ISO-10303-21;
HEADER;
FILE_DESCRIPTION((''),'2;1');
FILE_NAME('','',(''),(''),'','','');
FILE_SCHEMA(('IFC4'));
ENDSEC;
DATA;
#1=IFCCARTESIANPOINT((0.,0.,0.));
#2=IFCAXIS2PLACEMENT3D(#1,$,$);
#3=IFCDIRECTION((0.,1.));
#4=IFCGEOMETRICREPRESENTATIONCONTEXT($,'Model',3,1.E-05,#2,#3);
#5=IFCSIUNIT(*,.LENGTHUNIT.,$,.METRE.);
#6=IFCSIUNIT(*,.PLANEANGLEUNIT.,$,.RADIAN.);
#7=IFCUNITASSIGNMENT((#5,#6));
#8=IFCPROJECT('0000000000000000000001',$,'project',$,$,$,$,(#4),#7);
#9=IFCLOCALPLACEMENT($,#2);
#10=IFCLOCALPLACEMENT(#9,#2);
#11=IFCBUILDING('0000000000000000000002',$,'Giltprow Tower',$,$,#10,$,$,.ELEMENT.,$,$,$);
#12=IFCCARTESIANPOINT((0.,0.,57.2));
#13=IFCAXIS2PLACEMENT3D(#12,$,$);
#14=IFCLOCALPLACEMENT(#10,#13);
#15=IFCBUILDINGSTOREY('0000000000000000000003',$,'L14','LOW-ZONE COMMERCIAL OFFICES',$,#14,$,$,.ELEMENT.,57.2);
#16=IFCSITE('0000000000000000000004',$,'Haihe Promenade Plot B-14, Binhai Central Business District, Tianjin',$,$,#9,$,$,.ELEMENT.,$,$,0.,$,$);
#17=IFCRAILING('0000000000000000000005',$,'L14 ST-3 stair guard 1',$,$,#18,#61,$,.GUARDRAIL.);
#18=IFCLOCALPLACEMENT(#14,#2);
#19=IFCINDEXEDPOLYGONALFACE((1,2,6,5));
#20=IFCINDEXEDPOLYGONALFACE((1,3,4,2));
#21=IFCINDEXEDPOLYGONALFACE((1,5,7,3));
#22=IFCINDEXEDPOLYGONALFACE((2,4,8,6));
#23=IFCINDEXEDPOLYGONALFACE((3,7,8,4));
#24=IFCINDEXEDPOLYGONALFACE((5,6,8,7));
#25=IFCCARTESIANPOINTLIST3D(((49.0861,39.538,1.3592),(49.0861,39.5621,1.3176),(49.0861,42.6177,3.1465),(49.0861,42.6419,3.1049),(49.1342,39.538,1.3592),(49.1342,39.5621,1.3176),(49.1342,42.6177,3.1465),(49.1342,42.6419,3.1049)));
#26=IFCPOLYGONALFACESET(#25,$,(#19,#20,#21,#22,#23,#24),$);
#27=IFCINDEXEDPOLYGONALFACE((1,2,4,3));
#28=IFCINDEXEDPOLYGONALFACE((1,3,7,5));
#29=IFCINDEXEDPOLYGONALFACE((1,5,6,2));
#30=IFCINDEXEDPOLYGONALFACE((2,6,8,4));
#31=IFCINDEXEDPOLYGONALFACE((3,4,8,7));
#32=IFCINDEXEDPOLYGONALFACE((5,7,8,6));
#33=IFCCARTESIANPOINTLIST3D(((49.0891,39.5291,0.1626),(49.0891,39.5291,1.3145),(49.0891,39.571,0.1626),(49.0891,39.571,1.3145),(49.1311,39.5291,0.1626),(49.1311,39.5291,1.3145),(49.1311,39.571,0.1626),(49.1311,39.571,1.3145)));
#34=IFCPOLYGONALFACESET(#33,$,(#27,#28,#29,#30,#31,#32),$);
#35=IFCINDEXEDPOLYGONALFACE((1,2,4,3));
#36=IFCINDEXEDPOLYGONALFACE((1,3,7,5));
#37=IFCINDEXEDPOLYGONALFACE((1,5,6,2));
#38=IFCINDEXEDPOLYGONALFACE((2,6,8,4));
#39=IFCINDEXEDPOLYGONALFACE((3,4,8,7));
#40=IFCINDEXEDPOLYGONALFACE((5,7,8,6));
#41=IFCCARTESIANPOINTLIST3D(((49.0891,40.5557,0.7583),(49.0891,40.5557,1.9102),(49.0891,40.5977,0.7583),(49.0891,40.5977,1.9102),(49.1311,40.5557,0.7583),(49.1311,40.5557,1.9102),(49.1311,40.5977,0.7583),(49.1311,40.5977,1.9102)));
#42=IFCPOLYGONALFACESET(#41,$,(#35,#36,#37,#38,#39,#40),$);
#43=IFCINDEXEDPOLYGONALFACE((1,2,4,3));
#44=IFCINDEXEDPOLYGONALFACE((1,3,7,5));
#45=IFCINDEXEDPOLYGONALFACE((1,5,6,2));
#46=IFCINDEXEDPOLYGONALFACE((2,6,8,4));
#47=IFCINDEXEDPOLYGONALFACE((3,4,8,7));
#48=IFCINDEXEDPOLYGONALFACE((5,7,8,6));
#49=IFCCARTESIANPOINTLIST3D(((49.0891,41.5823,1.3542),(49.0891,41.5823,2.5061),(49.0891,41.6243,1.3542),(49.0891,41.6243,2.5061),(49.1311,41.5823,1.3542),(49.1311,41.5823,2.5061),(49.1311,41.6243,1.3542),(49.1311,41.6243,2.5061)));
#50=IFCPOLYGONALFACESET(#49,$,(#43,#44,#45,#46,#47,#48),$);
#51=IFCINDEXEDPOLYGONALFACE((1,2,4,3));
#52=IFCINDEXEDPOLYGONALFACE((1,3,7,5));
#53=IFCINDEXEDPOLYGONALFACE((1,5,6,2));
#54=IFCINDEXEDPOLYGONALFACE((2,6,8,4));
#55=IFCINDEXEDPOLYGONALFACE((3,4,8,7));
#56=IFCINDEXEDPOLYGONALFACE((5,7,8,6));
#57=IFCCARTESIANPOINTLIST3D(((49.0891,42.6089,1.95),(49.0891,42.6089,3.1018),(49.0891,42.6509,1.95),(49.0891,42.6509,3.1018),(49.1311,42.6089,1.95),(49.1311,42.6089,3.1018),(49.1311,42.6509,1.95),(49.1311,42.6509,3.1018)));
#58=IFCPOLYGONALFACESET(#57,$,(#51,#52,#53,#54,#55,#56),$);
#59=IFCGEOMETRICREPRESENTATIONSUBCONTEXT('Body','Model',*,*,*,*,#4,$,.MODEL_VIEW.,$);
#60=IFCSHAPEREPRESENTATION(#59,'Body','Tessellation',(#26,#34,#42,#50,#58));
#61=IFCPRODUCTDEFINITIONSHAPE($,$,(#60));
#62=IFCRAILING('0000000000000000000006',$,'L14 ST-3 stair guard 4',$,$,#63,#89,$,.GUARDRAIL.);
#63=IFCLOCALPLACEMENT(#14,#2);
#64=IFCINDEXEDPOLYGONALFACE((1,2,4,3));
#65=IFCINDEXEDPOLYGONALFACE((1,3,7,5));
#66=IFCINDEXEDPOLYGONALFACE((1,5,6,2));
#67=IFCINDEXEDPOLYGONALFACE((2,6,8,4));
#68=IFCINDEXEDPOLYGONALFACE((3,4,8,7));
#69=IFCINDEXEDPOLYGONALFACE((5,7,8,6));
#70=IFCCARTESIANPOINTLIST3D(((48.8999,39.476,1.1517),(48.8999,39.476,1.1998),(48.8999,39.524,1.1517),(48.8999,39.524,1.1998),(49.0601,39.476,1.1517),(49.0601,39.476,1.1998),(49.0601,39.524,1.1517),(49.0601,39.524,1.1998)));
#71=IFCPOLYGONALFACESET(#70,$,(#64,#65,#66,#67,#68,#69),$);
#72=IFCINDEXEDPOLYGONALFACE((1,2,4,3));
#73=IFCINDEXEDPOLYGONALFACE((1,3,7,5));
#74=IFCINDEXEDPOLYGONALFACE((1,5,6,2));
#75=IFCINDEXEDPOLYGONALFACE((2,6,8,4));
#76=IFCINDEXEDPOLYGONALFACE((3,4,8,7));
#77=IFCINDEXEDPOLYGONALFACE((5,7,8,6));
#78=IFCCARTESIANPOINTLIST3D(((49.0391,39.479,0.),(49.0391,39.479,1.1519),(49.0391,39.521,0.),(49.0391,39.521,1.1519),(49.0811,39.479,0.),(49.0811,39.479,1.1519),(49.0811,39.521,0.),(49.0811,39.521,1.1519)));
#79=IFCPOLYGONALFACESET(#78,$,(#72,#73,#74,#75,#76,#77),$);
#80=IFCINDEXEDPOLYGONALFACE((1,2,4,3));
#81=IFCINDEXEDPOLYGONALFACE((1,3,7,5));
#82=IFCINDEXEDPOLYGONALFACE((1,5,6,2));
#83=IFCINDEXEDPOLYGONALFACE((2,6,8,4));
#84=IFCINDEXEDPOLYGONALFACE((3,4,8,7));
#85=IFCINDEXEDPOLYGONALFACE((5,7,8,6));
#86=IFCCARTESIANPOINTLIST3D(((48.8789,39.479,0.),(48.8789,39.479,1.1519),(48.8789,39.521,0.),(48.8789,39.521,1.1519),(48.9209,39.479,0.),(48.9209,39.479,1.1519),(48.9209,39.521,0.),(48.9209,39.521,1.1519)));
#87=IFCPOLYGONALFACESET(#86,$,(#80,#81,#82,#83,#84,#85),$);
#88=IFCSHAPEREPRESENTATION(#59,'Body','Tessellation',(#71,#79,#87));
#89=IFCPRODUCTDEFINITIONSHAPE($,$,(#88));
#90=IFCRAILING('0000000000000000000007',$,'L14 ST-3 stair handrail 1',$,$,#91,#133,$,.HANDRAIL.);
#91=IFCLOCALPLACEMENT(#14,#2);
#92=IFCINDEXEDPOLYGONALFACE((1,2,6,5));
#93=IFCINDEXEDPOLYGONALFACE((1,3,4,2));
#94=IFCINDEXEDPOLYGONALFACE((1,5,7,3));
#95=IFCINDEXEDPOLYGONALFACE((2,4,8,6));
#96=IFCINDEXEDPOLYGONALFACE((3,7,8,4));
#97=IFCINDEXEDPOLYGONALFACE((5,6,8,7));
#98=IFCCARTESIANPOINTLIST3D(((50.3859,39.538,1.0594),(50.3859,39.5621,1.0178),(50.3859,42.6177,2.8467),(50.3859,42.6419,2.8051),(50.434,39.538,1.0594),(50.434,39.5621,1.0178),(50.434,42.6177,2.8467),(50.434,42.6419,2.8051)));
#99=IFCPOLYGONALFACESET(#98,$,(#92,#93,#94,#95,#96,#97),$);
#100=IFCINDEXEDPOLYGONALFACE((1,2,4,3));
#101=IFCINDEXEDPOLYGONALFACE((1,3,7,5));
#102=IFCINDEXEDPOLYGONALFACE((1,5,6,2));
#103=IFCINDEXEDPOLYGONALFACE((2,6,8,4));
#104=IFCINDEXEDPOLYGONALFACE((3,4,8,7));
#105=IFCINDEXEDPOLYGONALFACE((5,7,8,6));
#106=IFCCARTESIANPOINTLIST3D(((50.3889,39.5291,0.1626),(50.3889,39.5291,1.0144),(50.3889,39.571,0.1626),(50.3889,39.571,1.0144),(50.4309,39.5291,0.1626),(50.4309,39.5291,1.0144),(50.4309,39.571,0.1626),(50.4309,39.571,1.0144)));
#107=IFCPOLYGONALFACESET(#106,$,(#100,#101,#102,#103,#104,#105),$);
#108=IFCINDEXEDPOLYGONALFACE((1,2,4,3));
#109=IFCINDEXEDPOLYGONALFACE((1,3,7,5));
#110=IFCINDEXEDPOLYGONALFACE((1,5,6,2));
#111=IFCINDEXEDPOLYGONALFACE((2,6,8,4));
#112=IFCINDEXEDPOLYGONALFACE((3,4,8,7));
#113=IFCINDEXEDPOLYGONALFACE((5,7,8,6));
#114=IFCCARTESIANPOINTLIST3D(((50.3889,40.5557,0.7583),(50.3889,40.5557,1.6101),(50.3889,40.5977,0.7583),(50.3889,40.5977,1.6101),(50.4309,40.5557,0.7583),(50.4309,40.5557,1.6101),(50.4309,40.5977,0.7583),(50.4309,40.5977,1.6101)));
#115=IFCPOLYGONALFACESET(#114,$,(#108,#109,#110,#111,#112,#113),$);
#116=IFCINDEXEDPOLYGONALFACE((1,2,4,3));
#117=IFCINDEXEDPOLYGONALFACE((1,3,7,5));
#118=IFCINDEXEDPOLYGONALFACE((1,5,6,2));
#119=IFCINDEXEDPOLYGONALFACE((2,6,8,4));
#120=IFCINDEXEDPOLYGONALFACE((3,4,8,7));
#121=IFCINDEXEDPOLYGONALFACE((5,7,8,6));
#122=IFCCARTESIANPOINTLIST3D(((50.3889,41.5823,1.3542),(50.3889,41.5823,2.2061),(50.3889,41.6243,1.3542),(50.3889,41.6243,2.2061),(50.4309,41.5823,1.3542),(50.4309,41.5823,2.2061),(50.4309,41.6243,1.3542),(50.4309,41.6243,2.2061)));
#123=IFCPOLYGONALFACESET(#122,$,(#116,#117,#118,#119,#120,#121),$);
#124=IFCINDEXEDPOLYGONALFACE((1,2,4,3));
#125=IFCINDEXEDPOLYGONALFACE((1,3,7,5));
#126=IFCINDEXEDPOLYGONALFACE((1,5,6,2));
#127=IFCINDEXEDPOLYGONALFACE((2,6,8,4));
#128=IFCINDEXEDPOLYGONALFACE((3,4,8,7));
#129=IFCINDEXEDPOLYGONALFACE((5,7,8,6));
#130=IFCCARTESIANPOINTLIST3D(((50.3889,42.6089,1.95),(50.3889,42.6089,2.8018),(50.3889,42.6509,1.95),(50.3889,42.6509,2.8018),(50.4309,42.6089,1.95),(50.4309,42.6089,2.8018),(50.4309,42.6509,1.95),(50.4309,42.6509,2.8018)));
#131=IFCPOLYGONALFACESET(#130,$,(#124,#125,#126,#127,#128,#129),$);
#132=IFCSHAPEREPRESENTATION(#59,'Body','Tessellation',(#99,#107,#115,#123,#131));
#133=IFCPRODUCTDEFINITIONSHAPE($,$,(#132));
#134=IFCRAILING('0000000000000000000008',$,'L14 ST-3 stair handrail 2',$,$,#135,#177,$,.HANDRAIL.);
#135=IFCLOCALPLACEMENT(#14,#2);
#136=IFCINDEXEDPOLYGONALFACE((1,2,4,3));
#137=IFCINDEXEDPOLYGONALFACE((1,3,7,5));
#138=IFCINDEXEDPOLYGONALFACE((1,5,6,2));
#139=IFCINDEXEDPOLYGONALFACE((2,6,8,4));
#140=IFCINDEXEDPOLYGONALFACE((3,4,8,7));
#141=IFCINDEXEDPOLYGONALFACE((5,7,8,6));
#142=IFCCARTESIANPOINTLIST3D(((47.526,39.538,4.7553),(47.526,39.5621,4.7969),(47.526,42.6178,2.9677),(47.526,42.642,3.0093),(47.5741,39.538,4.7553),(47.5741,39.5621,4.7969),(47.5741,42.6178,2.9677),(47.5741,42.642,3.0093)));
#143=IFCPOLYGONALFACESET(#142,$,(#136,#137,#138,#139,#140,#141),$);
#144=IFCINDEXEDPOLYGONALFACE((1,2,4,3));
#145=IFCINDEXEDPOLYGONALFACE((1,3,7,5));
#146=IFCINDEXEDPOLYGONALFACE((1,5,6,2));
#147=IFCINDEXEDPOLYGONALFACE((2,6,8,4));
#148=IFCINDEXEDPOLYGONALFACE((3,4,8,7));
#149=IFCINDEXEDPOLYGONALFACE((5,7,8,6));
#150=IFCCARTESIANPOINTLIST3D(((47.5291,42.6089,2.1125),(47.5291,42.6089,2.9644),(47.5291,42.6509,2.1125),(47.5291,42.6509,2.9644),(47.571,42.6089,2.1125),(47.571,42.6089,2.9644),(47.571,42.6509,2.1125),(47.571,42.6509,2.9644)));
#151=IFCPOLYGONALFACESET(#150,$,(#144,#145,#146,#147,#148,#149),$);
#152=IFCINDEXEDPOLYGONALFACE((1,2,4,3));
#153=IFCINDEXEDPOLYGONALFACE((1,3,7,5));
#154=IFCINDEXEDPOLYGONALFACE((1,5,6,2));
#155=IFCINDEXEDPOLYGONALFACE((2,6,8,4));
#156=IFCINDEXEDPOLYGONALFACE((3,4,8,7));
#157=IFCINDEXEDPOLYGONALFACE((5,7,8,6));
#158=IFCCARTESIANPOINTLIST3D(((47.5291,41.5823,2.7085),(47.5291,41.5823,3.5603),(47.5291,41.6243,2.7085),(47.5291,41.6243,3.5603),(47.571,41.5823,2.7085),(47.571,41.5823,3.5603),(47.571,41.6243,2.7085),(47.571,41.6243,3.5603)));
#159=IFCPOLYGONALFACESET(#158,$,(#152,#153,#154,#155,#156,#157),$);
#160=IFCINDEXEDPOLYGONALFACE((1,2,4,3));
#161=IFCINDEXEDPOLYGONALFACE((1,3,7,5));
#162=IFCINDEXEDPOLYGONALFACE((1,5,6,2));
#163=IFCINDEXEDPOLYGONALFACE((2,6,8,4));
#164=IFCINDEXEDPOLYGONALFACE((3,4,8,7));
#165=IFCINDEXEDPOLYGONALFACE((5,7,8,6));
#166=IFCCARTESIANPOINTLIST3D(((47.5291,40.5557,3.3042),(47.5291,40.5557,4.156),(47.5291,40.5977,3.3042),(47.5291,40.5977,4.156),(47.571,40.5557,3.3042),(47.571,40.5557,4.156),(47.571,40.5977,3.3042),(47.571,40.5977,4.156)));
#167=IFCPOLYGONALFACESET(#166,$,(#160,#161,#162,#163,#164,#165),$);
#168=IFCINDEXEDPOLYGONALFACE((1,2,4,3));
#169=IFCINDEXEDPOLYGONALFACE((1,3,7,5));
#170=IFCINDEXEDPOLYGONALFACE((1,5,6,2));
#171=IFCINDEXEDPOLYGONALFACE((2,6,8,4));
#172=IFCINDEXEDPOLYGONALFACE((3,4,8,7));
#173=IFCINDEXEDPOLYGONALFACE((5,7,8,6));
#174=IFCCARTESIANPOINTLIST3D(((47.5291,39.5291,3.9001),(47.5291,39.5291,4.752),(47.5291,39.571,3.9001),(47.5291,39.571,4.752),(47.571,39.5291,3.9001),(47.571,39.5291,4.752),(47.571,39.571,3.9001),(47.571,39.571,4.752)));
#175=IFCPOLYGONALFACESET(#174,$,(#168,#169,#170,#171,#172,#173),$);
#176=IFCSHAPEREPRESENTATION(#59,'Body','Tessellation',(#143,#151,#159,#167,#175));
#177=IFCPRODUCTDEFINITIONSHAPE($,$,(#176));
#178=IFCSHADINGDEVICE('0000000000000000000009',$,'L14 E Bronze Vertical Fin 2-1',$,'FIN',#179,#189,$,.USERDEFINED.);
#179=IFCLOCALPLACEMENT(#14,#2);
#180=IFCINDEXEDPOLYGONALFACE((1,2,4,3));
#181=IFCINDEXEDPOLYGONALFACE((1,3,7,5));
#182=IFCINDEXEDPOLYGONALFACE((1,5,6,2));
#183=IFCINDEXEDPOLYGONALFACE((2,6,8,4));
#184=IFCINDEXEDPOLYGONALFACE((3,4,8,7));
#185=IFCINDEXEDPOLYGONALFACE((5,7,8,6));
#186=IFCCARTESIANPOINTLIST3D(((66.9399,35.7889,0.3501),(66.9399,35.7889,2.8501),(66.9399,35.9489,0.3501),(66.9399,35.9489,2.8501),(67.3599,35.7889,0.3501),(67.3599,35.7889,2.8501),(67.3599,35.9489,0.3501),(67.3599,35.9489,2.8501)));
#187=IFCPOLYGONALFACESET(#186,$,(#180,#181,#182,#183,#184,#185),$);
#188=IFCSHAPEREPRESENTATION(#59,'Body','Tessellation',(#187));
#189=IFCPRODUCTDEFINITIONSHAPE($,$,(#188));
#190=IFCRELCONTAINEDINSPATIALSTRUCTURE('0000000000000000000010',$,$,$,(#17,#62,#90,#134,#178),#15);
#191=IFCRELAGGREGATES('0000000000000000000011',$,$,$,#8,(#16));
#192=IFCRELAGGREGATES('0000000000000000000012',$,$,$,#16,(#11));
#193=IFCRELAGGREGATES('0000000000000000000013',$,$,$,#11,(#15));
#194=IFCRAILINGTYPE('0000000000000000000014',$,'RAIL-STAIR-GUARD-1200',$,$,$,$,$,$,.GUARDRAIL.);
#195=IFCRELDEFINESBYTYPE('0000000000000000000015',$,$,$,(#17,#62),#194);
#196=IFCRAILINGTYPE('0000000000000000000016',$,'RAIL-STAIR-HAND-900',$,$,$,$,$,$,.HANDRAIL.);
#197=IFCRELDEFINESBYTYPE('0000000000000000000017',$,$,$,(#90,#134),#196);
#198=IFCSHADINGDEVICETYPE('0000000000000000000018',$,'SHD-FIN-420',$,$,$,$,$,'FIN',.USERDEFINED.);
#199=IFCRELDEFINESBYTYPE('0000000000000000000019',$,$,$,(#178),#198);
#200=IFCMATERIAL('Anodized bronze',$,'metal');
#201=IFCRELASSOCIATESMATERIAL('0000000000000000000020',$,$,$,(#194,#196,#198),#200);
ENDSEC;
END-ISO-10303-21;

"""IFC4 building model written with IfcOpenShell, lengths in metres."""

from ifc_helpers import new_model, si_unit, direction, frame, origin, origin_2d, place, context, subcontext, project, spatial, rectangle, extrude, source, transform, mapped, material, type_object, element, save


model = new_model("IFC4")

# Units and contexts
model_context = context("Model", 3, precision=1e-05, world=origin(), true_north=direction((0.0, 1.0)))
body_context = subcontext(model_context, "Body", "Model", "MODEL_VIEW")
ifc_project = project(units=[si_unit("LENGTHUNIT", "METRE"), si_unit("PLANEANGLEUNIT", "RADIAN")], contexts=[model_context])

# Site, building, storey
site_placement = place(None, origin())
site = spatial("IfcSite", under=ifc_project, at=site_placement, Name="Haihe Promenade Plot B-14, Binhai Central Business District, Tianjin", CompositionType="ELEMENT", RefElevation=0.0)
building_placement = place(site_placement, origin())
building = spatial("IfcBuilding", under=site, at=building_placement, Name="Giltprow Tower", CompositionType="ELEMENT")
storey_placement = place(building_placement, frame((0.0, 0.0, 57.2)))
storey = spatial("IfcBuildingStorey", under=building, at=storey_placement, Name="L14", Description="LOW-ZONE COMMERCIAL OFFICES", CompositionType="ELEMENT", Elevation=57.2)

# Railings
ifc_material_1 = material(Name="Anodized bronze", Category="metal")
railing_type_1 = type_object("IfcRailingType", Name="RAIL-STAIR-GUARD-1200", PredefinedType="GUARDRAIL", material=ifc_material_1)
railing_1_placement = place(storey_placement, frame((49.1101, 39.55, 0.1626)))
element("IfcRailing", 1, at=railing_1_placement, inside=storey, type_object=railing_type_1, Name="L14 ST-3 stair guard 1", PredefinedType="GUARDRAIL", context=body_context, shape_type="SweptSolid", body=[
    extrude(rectangle(XDim=0.0481, YDim=0.0481, at=origin_2d()), frame((0.0, 0.0, 1.1758), z_axis=(0.0, 0.864903, 0.501939), x_axis=(-1.0, 0.0, 0.0)), (0.0, 0.0, 1.0), 3.5608),
    extrude(rectangle(XDim=0.042, YDim=0.042, at=origin_2d()), origin(), (0.0, 0.0, 1.0), 1.1519),
    extrude(rectangle(XDim=0.042, YDim=0.042, at=origin_2d()), frame((0.0, 1.0266, 0.5957)), (0.0, 0.0, 1.0), 1.1519),
    extrude(rectangle(XDim=0.042, YDim=0.042, at=origin_2d()), frame((0.0, 2.0532, 1.1917)), (0.0, 0.0, 1.0), 1.1519),
    extrude(rectangle(XDim=0.042, YDim=0.042, at=origin_2d()), frame((0.0, 3.0798, 1.7874)), (0.0, 0.0, 1.0), 1.1519),
])
railing_2_placement = place(storey_placement, frame((49.0601, 39.5, 0.0)))
element("IfcRailing", 2, at=railing_2_placement, inside=storey, type_object=railing_type_1, Name="L14 ST-3 stair guard 4", PredefinedType="GUARDRAIL", context=body_context, shape_type="SweptSolid", body=[
    extrude(rectangle(XDim=0.0481, YDim=0.0481, at=origin_2d()), frame((0.0, 0.0, 1.1758), z_axis=(-1.0, 0.0, 0.0), x_axis=(0.0, -1.0, 0.0)), (0.0, 0.0, 1.0), 0.1602),
    extrude(rectangle(XDim=0.042, YDim=0.042, at=origin_2d()), origin(), (0.0, 0.0, 1.0), 1.1519),
    extrude(rectangle(XDim=0.042, YDim=0.042, at=origin_2d()), frame((-0.1602, 0.0, 0.0)), (0.0, 0.0, 1.0), 1.1519),
])
railing_type_2 = type_object("IfcRailingType", Name="RAIL-STAIR-HAND-900", PredefinedType="HANDRAIL", material=ifc_material_1)
railing_3_placement = place(storey_placement, frame((50.4099, 39.55, 0.1626)))
element("IfcRailing", 3, at=railing_3_placement, inside=storey, type_object=railing_type_2, Name="L14 ST-3 stair handrail 1", PredefinedType="HANDRAIL", context=body_context, shape_type="SweptSolid", body=[
    extrude(rectangle(XDim=0.0481, YDim=0.0481, at=origin_2d()), frame((0.0, 0.0, 0.876), z_axis=(0.0, 0.864903, 0.501939), x_axis=(-1.0, 0.0, 0.0)), (0.0, 0.0, 1.0), 3.5608),
    extrude(rectangle(XDim=0.042, YDim=0.042, at=origin_2d()), origin(), (0.0, 0.0, 1.0), 0.8518),
    extrude(rectangle(XDim=0.042, YDim=0.042, at=origin_2d()), frame((0.0, 1.0266, 0.5957)), (0.0, 0.0, 1.0), 0.8518),
    extrude(rectangle(XDim=0.042, YDim=0.042, at=origin_2d()), frame((0.0, 2.0532, 1.1917)), (0.0, 0.0, 1.0), 0.8518),
    extrude(rectangle(XDim=0.042, YDim=0.042, at=origin_2d()), frame((0.0, 3.0798, 1.7874)), (0.0, 0.0, 1.0), 0.8518),
])
railing_4_placement = place(storey_placement, frame((47.55, 42.6299, 2.1125)))
element("IfcRailing", 4, at=railing_4_placement, inside=storey, type_object=railing_type_2, Name="L14 ST-3 stair handrail 2", PredefinedType="HANDRAIL", context=body_context, shape_type="SweptSolid", body=[
    extrude(rectangle(XDim=0.0481, YDim=0.0481, at=origin_2d()), frame((0.0, 0.0, 0.876), z_axis=(0.0, -0.864873, 0.50199), x_axis=(1.0, 0.0, 0.0)), (0.0, 0.0, 1.0), 3.561),
    extrude(rectangle(XDim=0.042, YDim=0.042, at=origin_2d()), origin(), (0.0, 0.0, 1.0), 0.8518),
    extrude(rectangle(XDim=0.042, YDim=0.042, at=origin_2d()), frame((0.0, -1.0266, 0.5959)), (0.0, 0.0, 1.0), 0.8518),
    extrude(rectangle(XDim=0.042, YDim=0.042, at=origin_2d()), frame((0.0, -2.0532, 1.1917)), (0.0, 0.0, 1.0), 0.8518),
    extrude(rectangle(XDim=0.042, YDim=0.042, at=origin_2d()), frame((0.0, -3.0798, 1.7876)), (0.0, 0.0, 1.0), 0.8518),
])

# Shading device
shading_device_type = type_object("IfcShadingDeviceType", Name="SHD-FIN-420", ElementType="FIN", PredefinedType="USERDEFINED", material=ifc_material_1)
shared_shape_1 = source(origin(), body_context, "Body", "SweptSolid", [
    extrude(rectangle(XDim=0.4199, YDim=0.1599, at=origin_2d()), origin(), (0.0, 0.0, 1.0), 2.5),
])
shading_device_placement = place(storey_placement, frame((67.1499, 35.8689, 0.3501), z_axis=(0.0, 0.0, 1.0), x_axis=(1.0, 0.0, 0.0)))
element("IfcShadingDevice", 5, at=shading_device_placement, inside=storey, type_object=shading_device_type, Name="L14 E Bronze Vertical Fin 2-1", ObjectType="FIN", PredefinedType="USERDEFINED", context=body_context, shape_type="MappedRepresentation", body=[
    mapped(shared_shape_1, transform((0.0, 0.0, 0.0), x_axis=(1.0, 0.0, 0.0), y_axis=(0.0, 1.0, 0.0), z_axis=(0.0, 0.0, 1.0), scale=1.0)),
])

save(model, "model.ifc")
